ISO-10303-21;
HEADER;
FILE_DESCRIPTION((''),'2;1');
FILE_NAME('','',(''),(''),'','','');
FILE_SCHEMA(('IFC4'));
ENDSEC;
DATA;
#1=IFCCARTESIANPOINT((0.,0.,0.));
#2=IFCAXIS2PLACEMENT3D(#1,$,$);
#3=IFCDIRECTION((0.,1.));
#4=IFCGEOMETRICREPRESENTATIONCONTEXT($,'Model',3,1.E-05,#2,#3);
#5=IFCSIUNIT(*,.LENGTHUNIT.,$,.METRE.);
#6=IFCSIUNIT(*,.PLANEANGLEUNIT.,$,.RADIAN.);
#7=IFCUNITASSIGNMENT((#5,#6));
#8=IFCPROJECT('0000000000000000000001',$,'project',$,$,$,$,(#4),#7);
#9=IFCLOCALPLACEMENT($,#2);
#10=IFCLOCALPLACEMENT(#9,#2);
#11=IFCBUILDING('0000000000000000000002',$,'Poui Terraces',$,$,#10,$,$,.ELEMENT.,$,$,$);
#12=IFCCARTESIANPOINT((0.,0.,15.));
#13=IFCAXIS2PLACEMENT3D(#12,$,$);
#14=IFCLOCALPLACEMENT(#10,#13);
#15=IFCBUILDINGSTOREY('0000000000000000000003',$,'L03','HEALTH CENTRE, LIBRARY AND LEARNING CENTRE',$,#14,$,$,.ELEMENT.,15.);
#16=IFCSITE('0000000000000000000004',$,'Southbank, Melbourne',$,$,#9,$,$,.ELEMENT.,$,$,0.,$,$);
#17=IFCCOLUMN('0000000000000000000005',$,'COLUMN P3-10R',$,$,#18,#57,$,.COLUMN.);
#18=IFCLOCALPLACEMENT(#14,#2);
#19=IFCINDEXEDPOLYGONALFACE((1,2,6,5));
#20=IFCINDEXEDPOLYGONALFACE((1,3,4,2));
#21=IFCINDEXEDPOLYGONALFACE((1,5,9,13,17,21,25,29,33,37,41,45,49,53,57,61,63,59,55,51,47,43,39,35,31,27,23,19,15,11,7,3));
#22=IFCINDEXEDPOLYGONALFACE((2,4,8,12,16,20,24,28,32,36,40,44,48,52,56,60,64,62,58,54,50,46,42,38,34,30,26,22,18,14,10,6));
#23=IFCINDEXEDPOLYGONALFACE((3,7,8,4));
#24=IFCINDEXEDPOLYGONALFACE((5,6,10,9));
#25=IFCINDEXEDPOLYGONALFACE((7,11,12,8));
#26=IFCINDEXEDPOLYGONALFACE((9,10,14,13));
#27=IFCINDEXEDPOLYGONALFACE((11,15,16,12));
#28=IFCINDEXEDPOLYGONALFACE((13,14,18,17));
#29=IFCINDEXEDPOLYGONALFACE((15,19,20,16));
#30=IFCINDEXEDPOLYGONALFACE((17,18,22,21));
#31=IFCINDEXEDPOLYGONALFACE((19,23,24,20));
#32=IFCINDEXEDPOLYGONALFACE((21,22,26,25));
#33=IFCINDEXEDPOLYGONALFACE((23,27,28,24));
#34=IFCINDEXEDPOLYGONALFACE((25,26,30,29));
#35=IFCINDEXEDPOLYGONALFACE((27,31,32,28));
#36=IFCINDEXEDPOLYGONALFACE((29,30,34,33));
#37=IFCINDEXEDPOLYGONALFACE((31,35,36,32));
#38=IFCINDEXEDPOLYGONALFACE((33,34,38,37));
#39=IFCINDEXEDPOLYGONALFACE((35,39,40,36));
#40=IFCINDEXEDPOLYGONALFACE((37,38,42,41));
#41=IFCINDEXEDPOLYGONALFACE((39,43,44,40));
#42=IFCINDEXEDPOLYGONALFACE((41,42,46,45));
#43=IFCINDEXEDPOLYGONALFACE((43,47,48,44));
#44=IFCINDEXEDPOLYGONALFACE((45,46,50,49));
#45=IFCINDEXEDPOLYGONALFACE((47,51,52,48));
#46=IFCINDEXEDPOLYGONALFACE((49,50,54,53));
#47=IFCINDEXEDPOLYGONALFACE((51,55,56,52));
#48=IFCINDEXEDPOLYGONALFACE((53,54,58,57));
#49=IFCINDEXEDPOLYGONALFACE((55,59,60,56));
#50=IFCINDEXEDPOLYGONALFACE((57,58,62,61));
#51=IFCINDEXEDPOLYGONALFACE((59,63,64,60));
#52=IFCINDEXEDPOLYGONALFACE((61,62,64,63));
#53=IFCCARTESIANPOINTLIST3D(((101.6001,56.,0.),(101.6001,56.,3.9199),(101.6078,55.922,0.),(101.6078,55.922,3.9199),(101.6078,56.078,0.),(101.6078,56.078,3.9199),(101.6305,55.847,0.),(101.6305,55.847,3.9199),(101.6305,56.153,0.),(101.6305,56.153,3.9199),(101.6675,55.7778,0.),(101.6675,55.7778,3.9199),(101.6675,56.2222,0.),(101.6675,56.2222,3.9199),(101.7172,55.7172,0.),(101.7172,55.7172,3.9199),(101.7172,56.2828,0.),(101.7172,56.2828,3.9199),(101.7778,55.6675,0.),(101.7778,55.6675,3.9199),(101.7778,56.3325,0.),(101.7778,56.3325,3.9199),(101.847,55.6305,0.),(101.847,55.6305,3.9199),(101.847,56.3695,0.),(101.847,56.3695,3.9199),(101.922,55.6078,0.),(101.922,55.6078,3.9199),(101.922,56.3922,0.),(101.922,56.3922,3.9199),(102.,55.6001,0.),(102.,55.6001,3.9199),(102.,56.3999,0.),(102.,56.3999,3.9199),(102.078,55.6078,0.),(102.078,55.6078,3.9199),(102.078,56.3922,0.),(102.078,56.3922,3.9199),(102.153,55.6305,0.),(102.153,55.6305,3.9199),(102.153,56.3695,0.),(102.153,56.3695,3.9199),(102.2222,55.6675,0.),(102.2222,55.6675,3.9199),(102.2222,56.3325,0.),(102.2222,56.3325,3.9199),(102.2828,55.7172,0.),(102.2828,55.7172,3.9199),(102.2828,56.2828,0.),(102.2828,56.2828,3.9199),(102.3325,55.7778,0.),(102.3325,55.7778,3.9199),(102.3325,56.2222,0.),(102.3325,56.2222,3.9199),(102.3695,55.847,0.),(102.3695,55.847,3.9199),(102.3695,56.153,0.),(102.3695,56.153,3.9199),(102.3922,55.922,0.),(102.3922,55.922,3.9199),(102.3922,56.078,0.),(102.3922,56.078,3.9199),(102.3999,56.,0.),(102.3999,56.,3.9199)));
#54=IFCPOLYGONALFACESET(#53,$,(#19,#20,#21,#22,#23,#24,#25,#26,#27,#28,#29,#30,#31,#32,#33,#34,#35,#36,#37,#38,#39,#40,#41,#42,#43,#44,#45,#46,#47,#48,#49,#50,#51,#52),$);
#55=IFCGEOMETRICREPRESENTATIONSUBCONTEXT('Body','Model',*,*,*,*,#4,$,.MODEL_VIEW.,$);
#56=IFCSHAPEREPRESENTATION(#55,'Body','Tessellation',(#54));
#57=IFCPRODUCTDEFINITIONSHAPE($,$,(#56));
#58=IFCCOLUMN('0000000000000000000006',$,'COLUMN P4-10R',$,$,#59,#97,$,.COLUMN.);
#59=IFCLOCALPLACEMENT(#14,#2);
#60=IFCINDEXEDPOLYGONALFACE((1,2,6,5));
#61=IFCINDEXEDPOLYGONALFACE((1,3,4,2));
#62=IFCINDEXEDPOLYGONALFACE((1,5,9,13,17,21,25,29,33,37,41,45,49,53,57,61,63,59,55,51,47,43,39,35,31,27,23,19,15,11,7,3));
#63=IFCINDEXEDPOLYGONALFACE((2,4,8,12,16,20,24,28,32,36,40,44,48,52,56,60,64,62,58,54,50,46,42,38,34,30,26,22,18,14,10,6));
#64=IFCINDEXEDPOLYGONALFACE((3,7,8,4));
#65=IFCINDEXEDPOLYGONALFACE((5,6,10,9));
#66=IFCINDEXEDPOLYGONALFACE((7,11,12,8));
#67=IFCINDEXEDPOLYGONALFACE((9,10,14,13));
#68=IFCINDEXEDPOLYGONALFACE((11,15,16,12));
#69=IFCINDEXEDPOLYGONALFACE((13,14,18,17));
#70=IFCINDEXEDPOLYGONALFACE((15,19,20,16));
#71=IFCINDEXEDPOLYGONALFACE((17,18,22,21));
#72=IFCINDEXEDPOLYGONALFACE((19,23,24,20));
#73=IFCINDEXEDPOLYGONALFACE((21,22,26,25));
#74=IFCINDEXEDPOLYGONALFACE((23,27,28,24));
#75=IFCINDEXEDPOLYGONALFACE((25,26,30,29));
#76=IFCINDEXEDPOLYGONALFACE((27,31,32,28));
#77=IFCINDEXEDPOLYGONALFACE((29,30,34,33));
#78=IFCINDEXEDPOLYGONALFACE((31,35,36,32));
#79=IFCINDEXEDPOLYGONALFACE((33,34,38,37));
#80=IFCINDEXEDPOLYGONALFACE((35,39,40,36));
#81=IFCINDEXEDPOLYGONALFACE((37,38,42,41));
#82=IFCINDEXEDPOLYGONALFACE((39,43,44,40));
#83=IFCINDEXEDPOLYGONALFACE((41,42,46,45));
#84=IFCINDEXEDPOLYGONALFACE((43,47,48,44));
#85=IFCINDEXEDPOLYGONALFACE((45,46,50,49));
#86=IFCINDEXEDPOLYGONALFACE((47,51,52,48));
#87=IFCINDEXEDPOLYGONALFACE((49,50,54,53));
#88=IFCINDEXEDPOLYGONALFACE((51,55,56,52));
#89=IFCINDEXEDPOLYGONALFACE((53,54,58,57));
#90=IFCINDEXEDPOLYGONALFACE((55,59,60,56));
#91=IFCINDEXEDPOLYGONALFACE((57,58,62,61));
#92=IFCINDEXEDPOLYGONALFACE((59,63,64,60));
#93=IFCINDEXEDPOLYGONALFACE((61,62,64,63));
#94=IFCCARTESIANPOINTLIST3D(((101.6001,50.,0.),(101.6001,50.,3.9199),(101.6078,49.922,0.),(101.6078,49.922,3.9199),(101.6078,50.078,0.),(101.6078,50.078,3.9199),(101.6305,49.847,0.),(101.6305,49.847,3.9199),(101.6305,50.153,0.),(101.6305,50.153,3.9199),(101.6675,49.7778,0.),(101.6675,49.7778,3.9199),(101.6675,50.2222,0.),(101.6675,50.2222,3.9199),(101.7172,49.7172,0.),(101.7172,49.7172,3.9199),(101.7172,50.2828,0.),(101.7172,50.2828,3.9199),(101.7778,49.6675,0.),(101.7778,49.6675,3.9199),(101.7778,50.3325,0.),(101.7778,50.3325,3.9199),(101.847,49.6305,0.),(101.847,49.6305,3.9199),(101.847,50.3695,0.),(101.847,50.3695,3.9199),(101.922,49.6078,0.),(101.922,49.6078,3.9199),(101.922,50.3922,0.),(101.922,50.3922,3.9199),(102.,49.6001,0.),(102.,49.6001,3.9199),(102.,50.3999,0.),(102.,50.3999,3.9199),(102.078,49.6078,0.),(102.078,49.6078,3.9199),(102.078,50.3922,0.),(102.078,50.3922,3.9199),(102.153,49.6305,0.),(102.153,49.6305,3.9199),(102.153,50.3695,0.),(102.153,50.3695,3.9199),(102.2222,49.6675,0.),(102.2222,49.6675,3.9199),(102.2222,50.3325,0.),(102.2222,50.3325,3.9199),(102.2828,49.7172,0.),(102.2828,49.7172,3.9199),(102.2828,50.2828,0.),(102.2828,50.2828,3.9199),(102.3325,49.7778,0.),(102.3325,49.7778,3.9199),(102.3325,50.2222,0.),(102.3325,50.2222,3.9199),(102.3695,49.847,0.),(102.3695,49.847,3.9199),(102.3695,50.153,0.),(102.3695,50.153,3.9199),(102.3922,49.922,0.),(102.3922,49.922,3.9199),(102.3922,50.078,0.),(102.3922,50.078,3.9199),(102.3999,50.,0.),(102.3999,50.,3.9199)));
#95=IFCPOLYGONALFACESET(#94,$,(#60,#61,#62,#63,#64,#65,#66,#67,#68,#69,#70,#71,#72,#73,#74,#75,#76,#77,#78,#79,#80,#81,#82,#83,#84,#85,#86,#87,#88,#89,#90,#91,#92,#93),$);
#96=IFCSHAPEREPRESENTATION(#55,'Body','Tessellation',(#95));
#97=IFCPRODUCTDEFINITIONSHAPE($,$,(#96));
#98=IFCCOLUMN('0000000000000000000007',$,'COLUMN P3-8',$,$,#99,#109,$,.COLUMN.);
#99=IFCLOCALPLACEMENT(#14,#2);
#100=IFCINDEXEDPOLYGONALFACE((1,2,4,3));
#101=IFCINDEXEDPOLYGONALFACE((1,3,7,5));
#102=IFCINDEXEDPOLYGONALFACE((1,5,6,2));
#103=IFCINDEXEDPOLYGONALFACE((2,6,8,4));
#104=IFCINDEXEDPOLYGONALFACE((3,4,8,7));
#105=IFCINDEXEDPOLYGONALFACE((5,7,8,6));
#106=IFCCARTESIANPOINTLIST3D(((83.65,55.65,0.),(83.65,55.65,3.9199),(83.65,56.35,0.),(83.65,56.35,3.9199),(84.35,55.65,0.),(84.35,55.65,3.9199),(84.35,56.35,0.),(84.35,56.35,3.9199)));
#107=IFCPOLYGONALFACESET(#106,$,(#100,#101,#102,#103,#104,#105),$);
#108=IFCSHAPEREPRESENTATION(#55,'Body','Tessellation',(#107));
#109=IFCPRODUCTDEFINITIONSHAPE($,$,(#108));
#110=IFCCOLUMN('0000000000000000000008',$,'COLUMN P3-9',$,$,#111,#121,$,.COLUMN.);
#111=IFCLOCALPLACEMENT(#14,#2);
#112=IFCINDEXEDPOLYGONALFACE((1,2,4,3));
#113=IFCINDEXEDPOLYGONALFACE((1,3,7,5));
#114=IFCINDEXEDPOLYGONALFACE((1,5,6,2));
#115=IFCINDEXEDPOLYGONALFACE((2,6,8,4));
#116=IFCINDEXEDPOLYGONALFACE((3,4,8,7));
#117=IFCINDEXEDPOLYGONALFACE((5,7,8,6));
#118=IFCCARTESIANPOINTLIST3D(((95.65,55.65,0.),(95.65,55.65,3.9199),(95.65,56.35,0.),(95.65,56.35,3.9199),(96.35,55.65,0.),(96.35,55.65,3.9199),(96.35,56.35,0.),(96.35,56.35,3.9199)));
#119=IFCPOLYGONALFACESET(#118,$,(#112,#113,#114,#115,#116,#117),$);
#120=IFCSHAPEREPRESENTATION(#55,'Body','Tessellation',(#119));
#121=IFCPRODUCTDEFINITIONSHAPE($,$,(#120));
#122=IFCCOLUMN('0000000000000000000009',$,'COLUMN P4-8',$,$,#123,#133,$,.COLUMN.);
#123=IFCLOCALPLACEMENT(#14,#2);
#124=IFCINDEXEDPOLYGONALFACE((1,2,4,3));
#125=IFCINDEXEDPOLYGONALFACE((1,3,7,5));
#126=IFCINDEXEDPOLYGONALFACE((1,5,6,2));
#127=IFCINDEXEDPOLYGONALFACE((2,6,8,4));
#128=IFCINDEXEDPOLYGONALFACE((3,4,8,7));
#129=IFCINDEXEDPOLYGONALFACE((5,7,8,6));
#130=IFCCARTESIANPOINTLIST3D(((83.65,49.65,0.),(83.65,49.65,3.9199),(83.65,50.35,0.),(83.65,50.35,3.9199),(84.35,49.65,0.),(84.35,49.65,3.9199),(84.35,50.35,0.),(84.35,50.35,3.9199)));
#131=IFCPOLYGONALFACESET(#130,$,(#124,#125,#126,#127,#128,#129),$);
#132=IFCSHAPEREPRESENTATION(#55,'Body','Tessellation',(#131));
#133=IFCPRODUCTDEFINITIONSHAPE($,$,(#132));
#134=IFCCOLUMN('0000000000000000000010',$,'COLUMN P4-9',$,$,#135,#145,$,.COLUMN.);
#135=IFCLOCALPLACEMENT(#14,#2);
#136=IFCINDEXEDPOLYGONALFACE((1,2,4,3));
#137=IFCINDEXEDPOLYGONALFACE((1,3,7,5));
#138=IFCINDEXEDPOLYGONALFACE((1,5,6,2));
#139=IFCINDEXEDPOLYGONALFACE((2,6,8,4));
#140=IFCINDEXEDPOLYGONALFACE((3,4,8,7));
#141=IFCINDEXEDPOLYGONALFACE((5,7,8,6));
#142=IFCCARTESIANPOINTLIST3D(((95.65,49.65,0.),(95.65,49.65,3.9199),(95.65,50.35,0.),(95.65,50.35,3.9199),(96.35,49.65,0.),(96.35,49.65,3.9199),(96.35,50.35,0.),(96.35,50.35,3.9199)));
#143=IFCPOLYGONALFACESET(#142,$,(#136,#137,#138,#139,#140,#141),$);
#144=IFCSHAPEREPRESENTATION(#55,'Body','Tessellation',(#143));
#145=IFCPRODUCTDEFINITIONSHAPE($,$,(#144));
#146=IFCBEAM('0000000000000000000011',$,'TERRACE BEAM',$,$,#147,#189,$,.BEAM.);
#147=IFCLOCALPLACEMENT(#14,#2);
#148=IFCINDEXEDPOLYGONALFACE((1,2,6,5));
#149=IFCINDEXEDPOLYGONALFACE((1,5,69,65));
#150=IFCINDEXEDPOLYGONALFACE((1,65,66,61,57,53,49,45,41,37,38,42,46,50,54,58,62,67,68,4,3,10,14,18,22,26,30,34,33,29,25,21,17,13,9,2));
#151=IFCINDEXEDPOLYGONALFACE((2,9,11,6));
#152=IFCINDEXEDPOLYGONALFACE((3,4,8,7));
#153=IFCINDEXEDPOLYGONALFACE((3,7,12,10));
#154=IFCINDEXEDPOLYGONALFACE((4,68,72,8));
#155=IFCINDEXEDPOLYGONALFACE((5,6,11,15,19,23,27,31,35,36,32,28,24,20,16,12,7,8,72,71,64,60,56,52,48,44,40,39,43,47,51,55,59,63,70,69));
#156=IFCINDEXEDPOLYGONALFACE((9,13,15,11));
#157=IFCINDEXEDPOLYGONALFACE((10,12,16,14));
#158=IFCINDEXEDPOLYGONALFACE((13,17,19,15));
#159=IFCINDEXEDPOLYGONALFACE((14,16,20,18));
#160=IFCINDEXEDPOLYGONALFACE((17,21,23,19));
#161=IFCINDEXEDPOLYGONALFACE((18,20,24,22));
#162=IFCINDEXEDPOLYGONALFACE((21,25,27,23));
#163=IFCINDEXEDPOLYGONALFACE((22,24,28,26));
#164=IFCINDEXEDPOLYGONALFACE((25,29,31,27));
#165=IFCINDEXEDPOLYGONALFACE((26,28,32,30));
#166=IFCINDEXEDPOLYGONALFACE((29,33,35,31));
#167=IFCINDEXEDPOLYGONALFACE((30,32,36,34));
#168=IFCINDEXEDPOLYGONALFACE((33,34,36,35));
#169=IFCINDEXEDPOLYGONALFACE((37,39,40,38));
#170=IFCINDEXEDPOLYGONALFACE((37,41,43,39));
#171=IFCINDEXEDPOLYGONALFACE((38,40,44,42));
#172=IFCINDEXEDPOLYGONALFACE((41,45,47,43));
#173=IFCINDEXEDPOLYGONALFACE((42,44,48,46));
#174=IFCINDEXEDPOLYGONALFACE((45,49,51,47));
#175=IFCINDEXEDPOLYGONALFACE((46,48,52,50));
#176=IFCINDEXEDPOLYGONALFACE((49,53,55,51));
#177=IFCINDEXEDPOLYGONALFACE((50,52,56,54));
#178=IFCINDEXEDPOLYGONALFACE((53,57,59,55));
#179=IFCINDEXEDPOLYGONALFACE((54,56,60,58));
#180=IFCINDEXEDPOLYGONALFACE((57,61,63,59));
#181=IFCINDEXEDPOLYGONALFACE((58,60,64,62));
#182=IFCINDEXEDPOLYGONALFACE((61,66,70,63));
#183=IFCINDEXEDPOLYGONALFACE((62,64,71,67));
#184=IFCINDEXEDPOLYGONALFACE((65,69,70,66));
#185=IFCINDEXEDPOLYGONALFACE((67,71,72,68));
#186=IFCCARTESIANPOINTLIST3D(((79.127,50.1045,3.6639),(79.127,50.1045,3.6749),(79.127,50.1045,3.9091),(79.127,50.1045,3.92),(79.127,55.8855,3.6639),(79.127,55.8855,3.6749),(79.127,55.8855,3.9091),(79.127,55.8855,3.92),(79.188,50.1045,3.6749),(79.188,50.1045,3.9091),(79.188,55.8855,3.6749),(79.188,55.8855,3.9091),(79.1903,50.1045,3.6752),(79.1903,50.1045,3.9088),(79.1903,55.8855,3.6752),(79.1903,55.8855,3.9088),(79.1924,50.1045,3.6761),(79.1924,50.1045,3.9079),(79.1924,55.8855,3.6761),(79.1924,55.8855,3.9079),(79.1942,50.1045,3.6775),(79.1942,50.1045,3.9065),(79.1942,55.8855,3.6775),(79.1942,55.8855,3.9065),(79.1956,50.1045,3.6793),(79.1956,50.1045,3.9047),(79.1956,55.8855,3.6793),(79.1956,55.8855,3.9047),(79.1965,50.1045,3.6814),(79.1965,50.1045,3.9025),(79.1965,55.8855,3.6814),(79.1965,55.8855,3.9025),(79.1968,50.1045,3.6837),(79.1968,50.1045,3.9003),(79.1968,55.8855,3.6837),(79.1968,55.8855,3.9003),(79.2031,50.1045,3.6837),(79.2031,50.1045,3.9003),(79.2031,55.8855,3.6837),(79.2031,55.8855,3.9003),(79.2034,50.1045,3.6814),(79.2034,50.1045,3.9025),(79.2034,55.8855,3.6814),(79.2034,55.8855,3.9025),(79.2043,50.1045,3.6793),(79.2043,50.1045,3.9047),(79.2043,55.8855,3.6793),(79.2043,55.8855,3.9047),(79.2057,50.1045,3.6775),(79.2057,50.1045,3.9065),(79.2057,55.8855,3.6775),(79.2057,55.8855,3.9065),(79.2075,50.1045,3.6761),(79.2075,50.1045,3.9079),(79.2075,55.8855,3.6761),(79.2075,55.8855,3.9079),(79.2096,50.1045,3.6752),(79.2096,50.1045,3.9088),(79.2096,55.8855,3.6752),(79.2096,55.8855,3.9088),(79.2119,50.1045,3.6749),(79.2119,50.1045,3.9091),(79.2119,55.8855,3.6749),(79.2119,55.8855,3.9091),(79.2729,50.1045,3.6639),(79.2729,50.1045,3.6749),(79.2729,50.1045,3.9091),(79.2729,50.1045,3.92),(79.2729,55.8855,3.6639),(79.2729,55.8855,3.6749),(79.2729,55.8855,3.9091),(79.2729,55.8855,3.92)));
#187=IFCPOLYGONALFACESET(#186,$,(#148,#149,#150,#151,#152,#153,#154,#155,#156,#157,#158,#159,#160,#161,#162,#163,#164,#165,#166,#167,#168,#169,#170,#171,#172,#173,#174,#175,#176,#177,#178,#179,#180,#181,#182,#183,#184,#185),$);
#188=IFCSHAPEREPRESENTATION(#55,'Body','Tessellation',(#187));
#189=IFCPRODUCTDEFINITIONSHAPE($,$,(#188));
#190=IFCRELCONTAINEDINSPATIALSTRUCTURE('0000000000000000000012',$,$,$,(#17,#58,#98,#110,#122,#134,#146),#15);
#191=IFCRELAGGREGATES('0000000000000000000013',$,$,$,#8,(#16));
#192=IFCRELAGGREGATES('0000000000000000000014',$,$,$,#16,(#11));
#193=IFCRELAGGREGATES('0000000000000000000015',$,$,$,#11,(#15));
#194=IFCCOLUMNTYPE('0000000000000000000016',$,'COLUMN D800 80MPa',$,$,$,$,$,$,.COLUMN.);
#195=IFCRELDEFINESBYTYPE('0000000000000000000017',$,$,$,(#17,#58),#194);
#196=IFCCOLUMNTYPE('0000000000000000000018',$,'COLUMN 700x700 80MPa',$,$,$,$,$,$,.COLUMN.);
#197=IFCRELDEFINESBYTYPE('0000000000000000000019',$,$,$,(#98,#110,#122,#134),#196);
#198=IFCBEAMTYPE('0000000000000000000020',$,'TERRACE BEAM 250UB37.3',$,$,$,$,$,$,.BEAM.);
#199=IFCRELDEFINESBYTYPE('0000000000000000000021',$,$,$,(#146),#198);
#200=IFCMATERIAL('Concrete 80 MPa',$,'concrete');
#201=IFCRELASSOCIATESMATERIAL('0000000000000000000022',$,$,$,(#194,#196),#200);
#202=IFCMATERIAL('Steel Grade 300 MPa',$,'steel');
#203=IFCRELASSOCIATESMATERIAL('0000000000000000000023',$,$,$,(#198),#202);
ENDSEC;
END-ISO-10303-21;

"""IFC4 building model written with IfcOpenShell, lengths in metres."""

from ifc_helpers import new_model, si_unit, direction, frame, origin, origin_2d, place, context, subcontext, project, spatial, rectangle, circle, i_section, extrude, source, transform, mapped, material, material_profile, profile_set, type_object, element, save


model = new_model("IFC4")

# Units and contexts
model_context = context("Model", 3, precision=1e-05, world=origin(), true_north=direction((0.0, 1.0)))
body_context = subcontext(model_context, "Body", "Model", "MODEL_VIEW")
ifc_project = project(units=[si_unit("LENGTHUNIT", "METRE"), si_unit("PLANEANGLEUNIT", "RADIAN")], contexts=[model_context])

# Site, building, storey
site_placement = place(None, origin())
site = spatial("IfcSite", under=ifc_project, at=site_placement, Name="Southbank, Melbourne", CompositionType="ELEMENT", RefElevation=0.0)
building_placement = place(site_placement, origin())
building = spatial("IfcBuilding", under=site, at=building_placement, Name="Poui Terraces", CompositionType="ELEMENT")
storey_placement = place(building_placement, frame((0.0, 0.0, 15.0)))
storey = spatial("IfcBuildingStorey", under=building, at=storey_placement, Name="L03", Description="HEALTH CENTRE, LIBRARY AND LEARNING CENTRE", CompositionType="ELEMENT", Elevation=15.0)

# Columns
ifc_material_1 = material(Name="Concrete 80 MPa", Category="concrete")
ifc_material_profile_1 = material_profile(ifc_material_1, circle(Radius=0.3999, at=origin_2d()), Name="RC D800")
ifc_profile_set_1 = profile_set([ifc_material_profile_1], Name="Concrete 80 MPa")
column_type_1 = type_object("IfcColumnType", Name="COLUMN D800 80MPa", PredefinedType="COLUMN", material=ifc_profile_set_1)
shared_shape_1 = source(origin(), body_context, "Body", "SweptSolid", [
    extrude(circle(Radius=0.3999, at=origin_2d()), origin(), (0.0, 0.0, 1.0), 3.9199),
])
for number, where, z_axis, x_axis, name in (
    (1, (102.0, 56.0, 0.0), (0.0, 0.0, 1.0), (1.0, 0.0, 0.0), "COLUMN P3-10R"),
    (2, (102.0, 50.0, 0.0), (0.0, 0.0, 1.0), (1.0, 0.0, 0.0), "COLUMN P4-10R"),
):
    element("IfcColumn", number, at=place(storey_placement, frame(where, z_axis=z_axis, x_axis=x_axis)), inside=storey, type_object=column_type_1, Name=name, PredefinedType="COLUMN", context=body_context, shape_type="MappedRepresentation", body=[
        mapped(shared_shape_1, transform((0.0, 0.0, 0.0))),
    ])
ifc_material_profile_2 = material_profile(ifc_material_1, rectangle(XDim=0.7, YDim=0.7, at=origin_2d()), Name="RC 700x700")
ifc_profile_set_2 = profile_set([ifc_material_profile_2], Name="Concrete 80 MPa")
column_type_2 = type_object("IfcColumnType", Name="COLUMN 700x700 80MPa", PredefinedType="COLUMN", material=ifc_profile_set_2)
shared_shape_2 = source(origin(), body_context, "Body", "SweptSolid", [
    extrude(rectangle(XDim=0.7, YDim=0.7, at=origin_2d()), origin(), (0.0, 0.0, 1.0), 3.9199),
])
for number, where, z_axis, x_axis, name in (
    (3, (84.0, 56.0, 0.0), (0.0, 0.0, 1.0), (1.0, 0.0, 0.0), "COLUMN P3-8"),
    (4, (96.0, 56.0, 0.0), (0.0, 0.0, 1.0), (1.0, 0.0, 0.0), "COLUMN P3-9"),
    (5, (84.0, 50.0, 0.0), (0.0, 0.0, 1.0), (1.0, 0.0, 0.0), "COLUMN P4-8"),
    (6, (96.0, 50.0, 0.0), (0.0, 0.0, 1.0), (1.0, 0.0, 0.0), "COLUMN P4-9"),
):
    element("IfcColumn", number, at=place(storey_placement, frame(where, z_axis=z_axis, x_axis=x_axis)), inside=storey, type_object=column_type_2, Name=name, PredefinedType="COLUMN", context=body_context, shape_type="MappedRepresentation", body=[
        mapped(shared_shape_2, transform((0.0, 0.0, 0.0))),
    ])

# Beam
ifc_material_2 = material(Name="Steel Grade 300 MPa", Category="steel")
ifc_material_profile_3 = material_profile(ifc_material_2, i_section(OverallWidth=0.146, OverallDepth=0.2561, WebThickness=0.0063, FlangeThickness=0.011, FilletRadius=0.0088, at=origin_2d()), Name="250UB37.3")
ifc_profile_set_3 = profile_set([ifc_material_profile_3], Name="Steel Grade 300 MPa")
beam_type_1 = type_object("IfcBeamType", Name="TERRACE BEAM 250UB37.3", PredefinedType="BEAM", material=ifc_profile_set_3)
shared_shape_3 = source(origin(), body_context, "Body", "SweptSolid", [
    extrude(i_section(OverallWidth=0.146, OverallDepth=0.2561, WebThickness=0.0063, FlangeThickness=0.011, FilletRadius=0.0088, at=origin_2d()), origin(), (0.0, 0.0, 1.0), 5.781),
])
for number, where, z_axis, x_axis, name in (
    (7, (79.2, 50.1045, 3.792), (0.0, 1.0, 0.0), (-1.0, 0.0, 0.0), "TERRACE BEAM"),
):
    element("IfcBeam", number, at=place(storey_placement, frame(where, z_axis=z_axis, x_axis=x_axis)), inside=storey, type_object=beam_type_1, Name=name, PredefinedType="BEAM", context=body_context, shape_type="MappedRepresentation", body=[
        mapped(shared_shape_3, transform((0.0, 0.0, 0.0))),
    ])

save(model, "model.ifc")
